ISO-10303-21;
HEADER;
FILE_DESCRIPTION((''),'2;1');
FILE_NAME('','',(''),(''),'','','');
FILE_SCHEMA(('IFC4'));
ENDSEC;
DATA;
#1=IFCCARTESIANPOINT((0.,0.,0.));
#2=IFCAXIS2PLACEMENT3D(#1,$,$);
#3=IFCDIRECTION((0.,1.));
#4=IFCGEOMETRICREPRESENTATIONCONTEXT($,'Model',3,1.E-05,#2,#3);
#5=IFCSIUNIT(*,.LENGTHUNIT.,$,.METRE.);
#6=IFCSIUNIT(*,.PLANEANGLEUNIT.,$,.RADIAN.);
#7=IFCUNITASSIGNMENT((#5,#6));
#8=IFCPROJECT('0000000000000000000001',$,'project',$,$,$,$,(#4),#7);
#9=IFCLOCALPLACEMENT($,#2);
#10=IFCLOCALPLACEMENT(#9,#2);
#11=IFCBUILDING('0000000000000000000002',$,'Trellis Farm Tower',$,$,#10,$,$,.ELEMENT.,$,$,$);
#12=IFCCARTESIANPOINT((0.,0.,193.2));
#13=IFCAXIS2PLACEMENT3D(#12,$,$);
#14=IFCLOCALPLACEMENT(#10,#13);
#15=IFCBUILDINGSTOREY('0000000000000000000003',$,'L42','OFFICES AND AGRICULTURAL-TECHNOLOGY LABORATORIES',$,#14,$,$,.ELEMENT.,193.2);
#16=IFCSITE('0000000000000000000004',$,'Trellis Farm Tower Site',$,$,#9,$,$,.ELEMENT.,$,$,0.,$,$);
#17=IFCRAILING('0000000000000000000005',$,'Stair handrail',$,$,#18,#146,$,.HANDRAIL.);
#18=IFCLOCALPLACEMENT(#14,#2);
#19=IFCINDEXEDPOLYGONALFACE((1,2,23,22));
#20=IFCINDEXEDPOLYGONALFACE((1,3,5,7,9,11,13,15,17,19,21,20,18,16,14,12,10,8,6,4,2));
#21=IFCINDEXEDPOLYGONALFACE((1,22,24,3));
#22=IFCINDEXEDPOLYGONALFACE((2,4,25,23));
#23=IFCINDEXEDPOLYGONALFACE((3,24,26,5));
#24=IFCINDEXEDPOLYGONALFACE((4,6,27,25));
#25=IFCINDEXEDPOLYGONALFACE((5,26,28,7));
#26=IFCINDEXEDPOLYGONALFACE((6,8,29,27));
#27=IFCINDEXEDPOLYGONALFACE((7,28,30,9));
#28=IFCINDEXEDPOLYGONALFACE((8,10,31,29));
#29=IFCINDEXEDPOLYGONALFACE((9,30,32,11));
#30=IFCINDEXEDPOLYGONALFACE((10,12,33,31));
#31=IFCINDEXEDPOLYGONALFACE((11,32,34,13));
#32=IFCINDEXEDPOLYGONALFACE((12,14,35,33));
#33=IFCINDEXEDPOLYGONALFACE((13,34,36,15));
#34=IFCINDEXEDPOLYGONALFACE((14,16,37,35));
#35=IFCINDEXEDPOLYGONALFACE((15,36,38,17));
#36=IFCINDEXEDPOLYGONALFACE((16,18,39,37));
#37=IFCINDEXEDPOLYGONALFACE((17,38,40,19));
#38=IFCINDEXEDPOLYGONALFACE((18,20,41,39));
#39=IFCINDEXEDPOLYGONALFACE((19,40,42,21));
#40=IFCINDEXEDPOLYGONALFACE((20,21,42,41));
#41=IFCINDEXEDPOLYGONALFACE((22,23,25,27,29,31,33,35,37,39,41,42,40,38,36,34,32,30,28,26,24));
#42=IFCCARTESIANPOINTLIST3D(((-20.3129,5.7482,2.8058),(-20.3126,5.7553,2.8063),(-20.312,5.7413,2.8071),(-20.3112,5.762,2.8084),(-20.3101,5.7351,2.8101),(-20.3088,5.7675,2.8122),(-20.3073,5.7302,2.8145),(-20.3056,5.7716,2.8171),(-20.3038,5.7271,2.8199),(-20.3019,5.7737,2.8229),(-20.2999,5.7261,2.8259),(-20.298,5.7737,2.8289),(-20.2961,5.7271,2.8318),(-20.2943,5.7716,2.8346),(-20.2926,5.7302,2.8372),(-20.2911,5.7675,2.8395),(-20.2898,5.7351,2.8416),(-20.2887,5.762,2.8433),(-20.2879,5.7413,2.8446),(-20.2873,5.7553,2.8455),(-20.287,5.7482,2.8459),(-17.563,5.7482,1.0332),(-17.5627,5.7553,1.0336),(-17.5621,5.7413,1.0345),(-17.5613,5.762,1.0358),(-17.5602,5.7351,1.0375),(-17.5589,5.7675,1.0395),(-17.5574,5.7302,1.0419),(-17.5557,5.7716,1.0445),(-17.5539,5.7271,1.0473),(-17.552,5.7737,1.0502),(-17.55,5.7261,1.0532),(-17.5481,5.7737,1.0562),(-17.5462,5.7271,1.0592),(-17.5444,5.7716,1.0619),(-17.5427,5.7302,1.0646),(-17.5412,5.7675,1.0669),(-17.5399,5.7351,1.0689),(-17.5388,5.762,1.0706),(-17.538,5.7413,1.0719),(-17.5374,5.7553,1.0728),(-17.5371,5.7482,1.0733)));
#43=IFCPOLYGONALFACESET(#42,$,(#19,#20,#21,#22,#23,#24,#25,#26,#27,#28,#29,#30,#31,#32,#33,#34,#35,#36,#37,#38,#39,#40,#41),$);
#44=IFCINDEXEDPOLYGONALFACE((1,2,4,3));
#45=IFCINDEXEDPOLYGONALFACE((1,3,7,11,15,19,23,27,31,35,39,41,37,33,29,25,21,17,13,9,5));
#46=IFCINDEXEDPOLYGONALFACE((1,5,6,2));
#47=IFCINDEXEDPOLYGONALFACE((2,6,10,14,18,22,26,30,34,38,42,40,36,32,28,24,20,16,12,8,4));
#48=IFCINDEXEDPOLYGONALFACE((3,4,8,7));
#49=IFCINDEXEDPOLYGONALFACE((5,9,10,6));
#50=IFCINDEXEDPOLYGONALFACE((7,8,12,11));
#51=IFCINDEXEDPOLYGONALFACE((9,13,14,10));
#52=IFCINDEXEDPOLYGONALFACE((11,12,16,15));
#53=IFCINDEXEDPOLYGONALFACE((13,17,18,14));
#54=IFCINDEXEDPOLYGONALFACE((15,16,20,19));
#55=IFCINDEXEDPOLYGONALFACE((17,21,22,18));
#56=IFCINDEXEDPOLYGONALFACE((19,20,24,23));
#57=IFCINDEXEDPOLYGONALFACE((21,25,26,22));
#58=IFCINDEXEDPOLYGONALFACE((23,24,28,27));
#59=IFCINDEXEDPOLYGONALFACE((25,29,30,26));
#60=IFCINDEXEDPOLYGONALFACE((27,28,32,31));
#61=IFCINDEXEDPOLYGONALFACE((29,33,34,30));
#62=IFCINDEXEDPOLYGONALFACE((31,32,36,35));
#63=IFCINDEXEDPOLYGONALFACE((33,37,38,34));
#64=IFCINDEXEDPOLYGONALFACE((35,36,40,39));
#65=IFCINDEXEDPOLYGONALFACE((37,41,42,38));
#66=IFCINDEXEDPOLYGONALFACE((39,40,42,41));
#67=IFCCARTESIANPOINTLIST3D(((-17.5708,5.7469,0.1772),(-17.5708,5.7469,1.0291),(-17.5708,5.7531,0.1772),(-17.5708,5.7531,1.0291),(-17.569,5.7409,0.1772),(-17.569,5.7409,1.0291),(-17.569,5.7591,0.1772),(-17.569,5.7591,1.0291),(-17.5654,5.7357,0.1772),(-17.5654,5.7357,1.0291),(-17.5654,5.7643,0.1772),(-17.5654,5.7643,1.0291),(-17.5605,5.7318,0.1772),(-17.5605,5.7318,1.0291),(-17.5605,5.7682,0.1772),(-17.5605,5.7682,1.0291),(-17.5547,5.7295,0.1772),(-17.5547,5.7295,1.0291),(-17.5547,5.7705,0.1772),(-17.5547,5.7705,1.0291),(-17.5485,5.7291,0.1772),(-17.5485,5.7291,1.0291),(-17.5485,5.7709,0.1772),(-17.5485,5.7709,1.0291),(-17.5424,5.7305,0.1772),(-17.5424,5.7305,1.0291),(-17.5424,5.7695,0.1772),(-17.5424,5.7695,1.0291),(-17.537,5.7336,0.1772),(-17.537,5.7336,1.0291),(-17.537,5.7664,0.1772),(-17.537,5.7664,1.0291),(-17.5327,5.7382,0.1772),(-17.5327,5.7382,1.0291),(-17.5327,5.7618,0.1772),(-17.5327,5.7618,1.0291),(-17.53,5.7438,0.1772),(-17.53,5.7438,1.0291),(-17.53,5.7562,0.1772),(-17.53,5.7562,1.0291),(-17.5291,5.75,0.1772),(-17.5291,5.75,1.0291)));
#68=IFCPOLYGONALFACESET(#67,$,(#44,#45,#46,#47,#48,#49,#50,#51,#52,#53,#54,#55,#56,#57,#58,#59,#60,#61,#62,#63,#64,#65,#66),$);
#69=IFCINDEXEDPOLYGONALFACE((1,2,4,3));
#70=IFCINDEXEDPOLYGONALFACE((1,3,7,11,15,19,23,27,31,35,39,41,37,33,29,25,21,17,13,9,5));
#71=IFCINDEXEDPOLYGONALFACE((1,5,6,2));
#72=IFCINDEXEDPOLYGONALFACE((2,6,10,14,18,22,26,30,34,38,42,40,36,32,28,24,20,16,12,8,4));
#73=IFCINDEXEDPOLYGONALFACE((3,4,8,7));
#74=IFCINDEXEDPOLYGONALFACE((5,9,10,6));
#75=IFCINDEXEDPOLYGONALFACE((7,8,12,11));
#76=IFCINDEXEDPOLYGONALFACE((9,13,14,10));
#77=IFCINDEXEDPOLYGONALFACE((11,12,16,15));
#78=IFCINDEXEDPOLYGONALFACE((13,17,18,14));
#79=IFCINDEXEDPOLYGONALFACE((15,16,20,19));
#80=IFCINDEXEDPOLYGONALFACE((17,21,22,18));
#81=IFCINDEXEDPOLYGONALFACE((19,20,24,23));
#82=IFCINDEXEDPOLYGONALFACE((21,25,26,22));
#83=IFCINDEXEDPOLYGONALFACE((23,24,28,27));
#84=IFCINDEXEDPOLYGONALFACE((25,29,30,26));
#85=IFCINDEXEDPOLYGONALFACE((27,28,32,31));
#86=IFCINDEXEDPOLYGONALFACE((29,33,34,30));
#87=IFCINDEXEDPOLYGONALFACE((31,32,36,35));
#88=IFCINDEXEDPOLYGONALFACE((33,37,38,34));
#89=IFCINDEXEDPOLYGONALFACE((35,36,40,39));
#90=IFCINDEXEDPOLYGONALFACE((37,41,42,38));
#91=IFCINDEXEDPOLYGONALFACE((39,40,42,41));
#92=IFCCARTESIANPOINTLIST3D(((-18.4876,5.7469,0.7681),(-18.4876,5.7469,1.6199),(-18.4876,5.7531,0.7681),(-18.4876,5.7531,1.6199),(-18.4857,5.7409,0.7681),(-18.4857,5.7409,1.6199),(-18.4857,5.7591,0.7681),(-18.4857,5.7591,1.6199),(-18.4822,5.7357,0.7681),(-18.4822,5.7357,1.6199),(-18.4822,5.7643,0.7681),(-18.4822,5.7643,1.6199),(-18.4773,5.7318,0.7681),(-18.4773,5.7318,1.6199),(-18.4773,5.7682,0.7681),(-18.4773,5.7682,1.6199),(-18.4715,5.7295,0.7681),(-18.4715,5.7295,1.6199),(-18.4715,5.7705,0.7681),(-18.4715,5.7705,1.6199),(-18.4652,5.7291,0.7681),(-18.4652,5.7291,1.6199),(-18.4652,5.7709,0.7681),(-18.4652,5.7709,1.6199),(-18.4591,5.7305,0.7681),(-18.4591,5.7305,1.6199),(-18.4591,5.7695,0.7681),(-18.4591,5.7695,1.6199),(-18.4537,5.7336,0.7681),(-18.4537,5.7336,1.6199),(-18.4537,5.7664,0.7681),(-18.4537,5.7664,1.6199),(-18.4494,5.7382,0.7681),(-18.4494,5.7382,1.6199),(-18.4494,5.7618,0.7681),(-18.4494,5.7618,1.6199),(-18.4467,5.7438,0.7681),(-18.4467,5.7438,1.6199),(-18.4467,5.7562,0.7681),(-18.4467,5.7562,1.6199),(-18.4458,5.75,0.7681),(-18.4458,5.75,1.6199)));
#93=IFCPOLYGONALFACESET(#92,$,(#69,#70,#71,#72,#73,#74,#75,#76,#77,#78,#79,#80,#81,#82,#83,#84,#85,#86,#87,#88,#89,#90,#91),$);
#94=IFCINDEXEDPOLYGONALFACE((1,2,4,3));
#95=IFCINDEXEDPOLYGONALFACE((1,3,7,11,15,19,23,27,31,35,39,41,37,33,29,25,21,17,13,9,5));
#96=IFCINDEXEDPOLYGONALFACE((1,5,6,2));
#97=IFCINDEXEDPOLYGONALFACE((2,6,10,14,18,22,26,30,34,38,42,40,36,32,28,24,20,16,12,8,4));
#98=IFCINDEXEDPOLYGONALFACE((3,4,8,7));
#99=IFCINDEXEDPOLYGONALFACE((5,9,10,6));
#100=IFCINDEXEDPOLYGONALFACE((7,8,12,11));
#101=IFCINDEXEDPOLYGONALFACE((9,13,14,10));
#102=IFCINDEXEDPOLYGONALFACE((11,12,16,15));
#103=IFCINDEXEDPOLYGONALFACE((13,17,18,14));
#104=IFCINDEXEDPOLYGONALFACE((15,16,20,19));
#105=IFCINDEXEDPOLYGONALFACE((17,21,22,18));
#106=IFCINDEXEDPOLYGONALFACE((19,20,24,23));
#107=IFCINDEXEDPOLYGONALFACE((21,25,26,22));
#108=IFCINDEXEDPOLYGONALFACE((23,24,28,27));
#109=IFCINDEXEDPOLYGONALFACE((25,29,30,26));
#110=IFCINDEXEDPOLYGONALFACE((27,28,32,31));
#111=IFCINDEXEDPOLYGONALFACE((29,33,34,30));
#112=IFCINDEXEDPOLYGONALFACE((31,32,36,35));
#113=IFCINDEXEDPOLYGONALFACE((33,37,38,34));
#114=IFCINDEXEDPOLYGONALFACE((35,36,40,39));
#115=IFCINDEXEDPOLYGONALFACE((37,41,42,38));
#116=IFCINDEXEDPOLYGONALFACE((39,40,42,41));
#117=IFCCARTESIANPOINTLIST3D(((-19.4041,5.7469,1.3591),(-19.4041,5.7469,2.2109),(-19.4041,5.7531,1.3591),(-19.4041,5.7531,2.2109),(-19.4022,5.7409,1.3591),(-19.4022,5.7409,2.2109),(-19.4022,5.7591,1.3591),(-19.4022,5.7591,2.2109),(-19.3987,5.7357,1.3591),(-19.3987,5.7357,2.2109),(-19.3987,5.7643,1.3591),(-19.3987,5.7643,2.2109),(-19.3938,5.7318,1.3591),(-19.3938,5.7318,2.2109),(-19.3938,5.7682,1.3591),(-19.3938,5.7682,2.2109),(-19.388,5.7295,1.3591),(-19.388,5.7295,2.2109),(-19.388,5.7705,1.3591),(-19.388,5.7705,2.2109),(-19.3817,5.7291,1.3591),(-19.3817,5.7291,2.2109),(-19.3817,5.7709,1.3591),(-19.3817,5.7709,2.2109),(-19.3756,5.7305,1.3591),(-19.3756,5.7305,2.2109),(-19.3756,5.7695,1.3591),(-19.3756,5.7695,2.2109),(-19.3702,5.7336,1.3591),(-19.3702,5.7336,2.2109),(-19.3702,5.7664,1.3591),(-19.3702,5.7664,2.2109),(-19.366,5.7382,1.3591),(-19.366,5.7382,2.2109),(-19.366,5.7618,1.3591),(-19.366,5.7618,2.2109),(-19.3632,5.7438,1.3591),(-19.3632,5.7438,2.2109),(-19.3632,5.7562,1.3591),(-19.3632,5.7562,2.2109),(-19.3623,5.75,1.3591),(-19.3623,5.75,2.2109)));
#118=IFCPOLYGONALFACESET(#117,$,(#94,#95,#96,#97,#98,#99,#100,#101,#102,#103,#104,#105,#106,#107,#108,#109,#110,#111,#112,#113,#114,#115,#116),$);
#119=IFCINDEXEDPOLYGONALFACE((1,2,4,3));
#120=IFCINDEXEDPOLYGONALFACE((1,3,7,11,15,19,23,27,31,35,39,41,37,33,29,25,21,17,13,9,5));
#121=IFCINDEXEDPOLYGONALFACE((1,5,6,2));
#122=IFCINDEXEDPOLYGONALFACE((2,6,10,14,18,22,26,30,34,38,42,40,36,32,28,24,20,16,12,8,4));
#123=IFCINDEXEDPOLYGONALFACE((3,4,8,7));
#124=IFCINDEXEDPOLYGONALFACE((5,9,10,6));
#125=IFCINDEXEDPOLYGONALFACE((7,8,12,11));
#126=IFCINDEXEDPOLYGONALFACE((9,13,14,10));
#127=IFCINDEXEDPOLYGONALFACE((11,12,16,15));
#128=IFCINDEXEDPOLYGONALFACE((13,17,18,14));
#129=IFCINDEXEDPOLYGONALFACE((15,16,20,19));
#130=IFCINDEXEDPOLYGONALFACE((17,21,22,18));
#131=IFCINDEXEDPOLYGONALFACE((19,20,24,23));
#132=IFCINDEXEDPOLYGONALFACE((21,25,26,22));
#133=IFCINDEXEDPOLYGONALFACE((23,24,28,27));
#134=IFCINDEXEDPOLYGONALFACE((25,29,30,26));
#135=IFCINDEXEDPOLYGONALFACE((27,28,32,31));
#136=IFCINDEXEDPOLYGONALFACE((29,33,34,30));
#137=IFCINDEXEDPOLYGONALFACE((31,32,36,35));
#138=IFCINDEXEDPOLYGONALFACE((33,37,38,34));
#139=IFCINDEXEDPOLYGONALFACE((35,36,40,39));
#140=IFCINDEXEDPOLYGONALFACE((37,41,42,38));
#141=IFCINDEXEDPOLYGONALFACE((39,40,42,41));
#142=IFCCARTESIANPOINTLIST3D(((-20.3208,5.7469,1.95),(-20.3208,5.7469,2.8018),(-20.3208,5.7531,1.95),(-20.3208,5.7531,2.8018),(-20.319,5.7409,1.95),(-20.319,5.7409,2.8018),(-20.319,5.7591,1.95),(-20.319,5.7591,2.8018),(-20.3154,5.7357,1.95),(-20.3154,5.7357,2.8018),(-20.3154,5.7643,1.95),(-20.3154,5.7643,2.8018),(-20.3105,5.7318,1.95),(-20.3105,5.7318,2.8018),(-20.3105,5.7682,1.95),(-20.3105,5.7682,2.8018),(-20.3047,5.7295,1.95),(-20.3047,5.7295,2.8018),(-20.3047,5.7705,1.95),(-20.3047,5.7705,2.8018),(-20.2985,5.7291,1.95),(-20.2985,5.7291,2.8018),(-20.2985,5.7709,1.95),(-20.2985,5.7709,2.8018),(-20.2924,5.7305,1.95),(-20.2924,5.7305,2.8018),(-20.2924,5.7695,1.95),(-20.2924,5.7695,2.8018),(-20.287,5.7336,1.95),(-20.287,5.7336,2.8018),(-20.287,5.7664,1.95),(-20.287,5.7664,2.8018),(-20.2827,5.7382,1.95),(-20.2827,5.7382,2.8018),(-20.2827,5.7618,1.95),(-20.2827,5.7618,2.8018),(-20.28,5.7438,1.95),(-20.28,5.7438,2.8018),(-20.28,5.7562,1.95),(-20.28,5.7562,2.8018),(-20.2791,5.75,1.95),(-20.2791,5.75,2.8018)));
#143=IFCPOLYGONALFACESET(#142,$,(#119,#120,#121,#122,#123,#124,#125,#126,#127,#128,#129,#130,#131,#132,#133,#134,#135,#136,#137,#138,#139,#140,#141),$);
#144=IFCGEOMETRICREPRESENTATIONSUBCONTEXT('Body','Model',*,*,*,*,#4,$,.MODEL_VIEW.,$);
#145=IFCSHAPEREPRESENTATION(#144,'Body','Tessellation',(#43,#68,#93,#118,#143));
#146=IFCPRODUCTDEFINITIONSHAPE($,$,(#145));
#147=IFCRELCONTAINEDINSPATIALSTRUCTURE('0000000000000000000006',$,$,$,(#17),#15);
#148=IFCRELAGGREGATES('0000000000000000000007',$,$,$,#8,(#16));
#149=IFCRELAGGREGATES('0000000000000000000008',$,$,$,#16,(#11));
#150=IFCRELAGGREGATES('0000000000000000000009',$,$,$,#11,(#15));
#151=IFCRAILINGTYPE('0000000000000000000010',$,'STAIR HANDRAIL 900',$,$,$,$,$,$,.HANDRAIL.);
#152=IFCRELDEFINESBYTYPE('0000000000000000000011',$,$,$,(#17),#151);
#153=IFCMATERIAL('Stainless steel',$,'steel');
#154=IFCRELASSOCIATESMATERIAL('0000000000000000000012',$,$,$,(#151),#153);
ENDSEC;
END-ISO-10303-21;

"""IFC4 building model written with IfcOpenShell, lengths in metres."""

from ifc_helpers import new_model, si_unit, direction, frame, origin, origin_2d, place, context, subcontext, project, spatial, circle, extrude, source, transform, mapped, material, type_object, element, save


model = new_model("IFC4")

# Units and contexts
model_context = context("Model", 3, precision=1e-05, world=origin(), true_north=direction((0.0, 1.0)))
body_context = subcontext(model_context, "Body", "Model", "MODEL_VIEW")
ifc_project = project(units=[si_unit("LENGTHUNIT", "METRE"), si_unit("PLANEANGLEUNIT", "RADIAN")], contexts=[model_context])

# Site, building, storey
site_placement = place(None, origin())
site = spatial("IfcSite", under=ifc_project, at=site_placement, Name="Trellis Farm Tower Site", CompositionType="ELEMENT", RefElevation=0.0)
building_placement = place(site_placement, origin())
building = spatial("IfcBuilding", under=site, at=building_placement, Name="Trellis Farm Tower", CompositionType="ELEMENT")
storey_placement = place(building_placement, frame((0.0, 0.0, 193.2)))
storey = spatial("IfcBuildingStorey", under=building, at=storey_placement, Name="L42", Description="OFFICES AND AGRICULTURAL-TECHNOLOGY LABORATORIES", CompositionType="ELEMENT", Elevation=193.2)

# Railing
ifc_material_1 = material(Name="Stainless steel", Category="steel")
railing_type = type_object("IfcRailingType", Name="STAIR HANDRAIL 900", PredefinedType="HANDRAIL", material=ifc_material_1)
shared_shape_1 = source(origin(), body_context, "Body", "SweptSolid", [
    extrude(circle(Radius=0.0239, at=origin_2d()), frame((0.0, 0.0, 0.876), z_axis=(-0.840504, 0.0, 0.541806), x_axis=(0.0, -1.0, 0.0)), (0.0, 0.0, 1.0), 3.2717),
    extrude(circle(Radius=0.021, at=origin_2d()), origin(), (0.0, 0.0, 1.0), 0.8518),
    extrude(circle(Radius=0.021, at=origin_2d()), frame((-0.9167, 0.0, 0.5908)), (0.0, 0.0, 1.0), 0.8518),
    extrude(circle(Radius=0.021, at=origin_2d()), frame((-1.8333, 0.0, 1.1819)), (0.0, 0.0, 1.0), 0.8518),
    extrude(circle(Radius=0.021, at=origin_2d()), frame((-2.75, 0.0, 1.7727)), (0.0, 0.0, 1.0), 0.8518),
])
for number, where, name in (
    (1, (-17.55, 5.75, 0.1772), "Stair handrail"),
):
    element("IfcRailing", number, at=place(storey_placement, frame(where)), inside=storey, type_object=railing_type, Name=name, PredefinedType="HANDRAIL", context=body_context, shape_type="MappedRepresentation", body=[
        mapped(shared_shape_1, transform((0.0, 0.0, 0.0))),
    ])

save(model, "model.ifc")
